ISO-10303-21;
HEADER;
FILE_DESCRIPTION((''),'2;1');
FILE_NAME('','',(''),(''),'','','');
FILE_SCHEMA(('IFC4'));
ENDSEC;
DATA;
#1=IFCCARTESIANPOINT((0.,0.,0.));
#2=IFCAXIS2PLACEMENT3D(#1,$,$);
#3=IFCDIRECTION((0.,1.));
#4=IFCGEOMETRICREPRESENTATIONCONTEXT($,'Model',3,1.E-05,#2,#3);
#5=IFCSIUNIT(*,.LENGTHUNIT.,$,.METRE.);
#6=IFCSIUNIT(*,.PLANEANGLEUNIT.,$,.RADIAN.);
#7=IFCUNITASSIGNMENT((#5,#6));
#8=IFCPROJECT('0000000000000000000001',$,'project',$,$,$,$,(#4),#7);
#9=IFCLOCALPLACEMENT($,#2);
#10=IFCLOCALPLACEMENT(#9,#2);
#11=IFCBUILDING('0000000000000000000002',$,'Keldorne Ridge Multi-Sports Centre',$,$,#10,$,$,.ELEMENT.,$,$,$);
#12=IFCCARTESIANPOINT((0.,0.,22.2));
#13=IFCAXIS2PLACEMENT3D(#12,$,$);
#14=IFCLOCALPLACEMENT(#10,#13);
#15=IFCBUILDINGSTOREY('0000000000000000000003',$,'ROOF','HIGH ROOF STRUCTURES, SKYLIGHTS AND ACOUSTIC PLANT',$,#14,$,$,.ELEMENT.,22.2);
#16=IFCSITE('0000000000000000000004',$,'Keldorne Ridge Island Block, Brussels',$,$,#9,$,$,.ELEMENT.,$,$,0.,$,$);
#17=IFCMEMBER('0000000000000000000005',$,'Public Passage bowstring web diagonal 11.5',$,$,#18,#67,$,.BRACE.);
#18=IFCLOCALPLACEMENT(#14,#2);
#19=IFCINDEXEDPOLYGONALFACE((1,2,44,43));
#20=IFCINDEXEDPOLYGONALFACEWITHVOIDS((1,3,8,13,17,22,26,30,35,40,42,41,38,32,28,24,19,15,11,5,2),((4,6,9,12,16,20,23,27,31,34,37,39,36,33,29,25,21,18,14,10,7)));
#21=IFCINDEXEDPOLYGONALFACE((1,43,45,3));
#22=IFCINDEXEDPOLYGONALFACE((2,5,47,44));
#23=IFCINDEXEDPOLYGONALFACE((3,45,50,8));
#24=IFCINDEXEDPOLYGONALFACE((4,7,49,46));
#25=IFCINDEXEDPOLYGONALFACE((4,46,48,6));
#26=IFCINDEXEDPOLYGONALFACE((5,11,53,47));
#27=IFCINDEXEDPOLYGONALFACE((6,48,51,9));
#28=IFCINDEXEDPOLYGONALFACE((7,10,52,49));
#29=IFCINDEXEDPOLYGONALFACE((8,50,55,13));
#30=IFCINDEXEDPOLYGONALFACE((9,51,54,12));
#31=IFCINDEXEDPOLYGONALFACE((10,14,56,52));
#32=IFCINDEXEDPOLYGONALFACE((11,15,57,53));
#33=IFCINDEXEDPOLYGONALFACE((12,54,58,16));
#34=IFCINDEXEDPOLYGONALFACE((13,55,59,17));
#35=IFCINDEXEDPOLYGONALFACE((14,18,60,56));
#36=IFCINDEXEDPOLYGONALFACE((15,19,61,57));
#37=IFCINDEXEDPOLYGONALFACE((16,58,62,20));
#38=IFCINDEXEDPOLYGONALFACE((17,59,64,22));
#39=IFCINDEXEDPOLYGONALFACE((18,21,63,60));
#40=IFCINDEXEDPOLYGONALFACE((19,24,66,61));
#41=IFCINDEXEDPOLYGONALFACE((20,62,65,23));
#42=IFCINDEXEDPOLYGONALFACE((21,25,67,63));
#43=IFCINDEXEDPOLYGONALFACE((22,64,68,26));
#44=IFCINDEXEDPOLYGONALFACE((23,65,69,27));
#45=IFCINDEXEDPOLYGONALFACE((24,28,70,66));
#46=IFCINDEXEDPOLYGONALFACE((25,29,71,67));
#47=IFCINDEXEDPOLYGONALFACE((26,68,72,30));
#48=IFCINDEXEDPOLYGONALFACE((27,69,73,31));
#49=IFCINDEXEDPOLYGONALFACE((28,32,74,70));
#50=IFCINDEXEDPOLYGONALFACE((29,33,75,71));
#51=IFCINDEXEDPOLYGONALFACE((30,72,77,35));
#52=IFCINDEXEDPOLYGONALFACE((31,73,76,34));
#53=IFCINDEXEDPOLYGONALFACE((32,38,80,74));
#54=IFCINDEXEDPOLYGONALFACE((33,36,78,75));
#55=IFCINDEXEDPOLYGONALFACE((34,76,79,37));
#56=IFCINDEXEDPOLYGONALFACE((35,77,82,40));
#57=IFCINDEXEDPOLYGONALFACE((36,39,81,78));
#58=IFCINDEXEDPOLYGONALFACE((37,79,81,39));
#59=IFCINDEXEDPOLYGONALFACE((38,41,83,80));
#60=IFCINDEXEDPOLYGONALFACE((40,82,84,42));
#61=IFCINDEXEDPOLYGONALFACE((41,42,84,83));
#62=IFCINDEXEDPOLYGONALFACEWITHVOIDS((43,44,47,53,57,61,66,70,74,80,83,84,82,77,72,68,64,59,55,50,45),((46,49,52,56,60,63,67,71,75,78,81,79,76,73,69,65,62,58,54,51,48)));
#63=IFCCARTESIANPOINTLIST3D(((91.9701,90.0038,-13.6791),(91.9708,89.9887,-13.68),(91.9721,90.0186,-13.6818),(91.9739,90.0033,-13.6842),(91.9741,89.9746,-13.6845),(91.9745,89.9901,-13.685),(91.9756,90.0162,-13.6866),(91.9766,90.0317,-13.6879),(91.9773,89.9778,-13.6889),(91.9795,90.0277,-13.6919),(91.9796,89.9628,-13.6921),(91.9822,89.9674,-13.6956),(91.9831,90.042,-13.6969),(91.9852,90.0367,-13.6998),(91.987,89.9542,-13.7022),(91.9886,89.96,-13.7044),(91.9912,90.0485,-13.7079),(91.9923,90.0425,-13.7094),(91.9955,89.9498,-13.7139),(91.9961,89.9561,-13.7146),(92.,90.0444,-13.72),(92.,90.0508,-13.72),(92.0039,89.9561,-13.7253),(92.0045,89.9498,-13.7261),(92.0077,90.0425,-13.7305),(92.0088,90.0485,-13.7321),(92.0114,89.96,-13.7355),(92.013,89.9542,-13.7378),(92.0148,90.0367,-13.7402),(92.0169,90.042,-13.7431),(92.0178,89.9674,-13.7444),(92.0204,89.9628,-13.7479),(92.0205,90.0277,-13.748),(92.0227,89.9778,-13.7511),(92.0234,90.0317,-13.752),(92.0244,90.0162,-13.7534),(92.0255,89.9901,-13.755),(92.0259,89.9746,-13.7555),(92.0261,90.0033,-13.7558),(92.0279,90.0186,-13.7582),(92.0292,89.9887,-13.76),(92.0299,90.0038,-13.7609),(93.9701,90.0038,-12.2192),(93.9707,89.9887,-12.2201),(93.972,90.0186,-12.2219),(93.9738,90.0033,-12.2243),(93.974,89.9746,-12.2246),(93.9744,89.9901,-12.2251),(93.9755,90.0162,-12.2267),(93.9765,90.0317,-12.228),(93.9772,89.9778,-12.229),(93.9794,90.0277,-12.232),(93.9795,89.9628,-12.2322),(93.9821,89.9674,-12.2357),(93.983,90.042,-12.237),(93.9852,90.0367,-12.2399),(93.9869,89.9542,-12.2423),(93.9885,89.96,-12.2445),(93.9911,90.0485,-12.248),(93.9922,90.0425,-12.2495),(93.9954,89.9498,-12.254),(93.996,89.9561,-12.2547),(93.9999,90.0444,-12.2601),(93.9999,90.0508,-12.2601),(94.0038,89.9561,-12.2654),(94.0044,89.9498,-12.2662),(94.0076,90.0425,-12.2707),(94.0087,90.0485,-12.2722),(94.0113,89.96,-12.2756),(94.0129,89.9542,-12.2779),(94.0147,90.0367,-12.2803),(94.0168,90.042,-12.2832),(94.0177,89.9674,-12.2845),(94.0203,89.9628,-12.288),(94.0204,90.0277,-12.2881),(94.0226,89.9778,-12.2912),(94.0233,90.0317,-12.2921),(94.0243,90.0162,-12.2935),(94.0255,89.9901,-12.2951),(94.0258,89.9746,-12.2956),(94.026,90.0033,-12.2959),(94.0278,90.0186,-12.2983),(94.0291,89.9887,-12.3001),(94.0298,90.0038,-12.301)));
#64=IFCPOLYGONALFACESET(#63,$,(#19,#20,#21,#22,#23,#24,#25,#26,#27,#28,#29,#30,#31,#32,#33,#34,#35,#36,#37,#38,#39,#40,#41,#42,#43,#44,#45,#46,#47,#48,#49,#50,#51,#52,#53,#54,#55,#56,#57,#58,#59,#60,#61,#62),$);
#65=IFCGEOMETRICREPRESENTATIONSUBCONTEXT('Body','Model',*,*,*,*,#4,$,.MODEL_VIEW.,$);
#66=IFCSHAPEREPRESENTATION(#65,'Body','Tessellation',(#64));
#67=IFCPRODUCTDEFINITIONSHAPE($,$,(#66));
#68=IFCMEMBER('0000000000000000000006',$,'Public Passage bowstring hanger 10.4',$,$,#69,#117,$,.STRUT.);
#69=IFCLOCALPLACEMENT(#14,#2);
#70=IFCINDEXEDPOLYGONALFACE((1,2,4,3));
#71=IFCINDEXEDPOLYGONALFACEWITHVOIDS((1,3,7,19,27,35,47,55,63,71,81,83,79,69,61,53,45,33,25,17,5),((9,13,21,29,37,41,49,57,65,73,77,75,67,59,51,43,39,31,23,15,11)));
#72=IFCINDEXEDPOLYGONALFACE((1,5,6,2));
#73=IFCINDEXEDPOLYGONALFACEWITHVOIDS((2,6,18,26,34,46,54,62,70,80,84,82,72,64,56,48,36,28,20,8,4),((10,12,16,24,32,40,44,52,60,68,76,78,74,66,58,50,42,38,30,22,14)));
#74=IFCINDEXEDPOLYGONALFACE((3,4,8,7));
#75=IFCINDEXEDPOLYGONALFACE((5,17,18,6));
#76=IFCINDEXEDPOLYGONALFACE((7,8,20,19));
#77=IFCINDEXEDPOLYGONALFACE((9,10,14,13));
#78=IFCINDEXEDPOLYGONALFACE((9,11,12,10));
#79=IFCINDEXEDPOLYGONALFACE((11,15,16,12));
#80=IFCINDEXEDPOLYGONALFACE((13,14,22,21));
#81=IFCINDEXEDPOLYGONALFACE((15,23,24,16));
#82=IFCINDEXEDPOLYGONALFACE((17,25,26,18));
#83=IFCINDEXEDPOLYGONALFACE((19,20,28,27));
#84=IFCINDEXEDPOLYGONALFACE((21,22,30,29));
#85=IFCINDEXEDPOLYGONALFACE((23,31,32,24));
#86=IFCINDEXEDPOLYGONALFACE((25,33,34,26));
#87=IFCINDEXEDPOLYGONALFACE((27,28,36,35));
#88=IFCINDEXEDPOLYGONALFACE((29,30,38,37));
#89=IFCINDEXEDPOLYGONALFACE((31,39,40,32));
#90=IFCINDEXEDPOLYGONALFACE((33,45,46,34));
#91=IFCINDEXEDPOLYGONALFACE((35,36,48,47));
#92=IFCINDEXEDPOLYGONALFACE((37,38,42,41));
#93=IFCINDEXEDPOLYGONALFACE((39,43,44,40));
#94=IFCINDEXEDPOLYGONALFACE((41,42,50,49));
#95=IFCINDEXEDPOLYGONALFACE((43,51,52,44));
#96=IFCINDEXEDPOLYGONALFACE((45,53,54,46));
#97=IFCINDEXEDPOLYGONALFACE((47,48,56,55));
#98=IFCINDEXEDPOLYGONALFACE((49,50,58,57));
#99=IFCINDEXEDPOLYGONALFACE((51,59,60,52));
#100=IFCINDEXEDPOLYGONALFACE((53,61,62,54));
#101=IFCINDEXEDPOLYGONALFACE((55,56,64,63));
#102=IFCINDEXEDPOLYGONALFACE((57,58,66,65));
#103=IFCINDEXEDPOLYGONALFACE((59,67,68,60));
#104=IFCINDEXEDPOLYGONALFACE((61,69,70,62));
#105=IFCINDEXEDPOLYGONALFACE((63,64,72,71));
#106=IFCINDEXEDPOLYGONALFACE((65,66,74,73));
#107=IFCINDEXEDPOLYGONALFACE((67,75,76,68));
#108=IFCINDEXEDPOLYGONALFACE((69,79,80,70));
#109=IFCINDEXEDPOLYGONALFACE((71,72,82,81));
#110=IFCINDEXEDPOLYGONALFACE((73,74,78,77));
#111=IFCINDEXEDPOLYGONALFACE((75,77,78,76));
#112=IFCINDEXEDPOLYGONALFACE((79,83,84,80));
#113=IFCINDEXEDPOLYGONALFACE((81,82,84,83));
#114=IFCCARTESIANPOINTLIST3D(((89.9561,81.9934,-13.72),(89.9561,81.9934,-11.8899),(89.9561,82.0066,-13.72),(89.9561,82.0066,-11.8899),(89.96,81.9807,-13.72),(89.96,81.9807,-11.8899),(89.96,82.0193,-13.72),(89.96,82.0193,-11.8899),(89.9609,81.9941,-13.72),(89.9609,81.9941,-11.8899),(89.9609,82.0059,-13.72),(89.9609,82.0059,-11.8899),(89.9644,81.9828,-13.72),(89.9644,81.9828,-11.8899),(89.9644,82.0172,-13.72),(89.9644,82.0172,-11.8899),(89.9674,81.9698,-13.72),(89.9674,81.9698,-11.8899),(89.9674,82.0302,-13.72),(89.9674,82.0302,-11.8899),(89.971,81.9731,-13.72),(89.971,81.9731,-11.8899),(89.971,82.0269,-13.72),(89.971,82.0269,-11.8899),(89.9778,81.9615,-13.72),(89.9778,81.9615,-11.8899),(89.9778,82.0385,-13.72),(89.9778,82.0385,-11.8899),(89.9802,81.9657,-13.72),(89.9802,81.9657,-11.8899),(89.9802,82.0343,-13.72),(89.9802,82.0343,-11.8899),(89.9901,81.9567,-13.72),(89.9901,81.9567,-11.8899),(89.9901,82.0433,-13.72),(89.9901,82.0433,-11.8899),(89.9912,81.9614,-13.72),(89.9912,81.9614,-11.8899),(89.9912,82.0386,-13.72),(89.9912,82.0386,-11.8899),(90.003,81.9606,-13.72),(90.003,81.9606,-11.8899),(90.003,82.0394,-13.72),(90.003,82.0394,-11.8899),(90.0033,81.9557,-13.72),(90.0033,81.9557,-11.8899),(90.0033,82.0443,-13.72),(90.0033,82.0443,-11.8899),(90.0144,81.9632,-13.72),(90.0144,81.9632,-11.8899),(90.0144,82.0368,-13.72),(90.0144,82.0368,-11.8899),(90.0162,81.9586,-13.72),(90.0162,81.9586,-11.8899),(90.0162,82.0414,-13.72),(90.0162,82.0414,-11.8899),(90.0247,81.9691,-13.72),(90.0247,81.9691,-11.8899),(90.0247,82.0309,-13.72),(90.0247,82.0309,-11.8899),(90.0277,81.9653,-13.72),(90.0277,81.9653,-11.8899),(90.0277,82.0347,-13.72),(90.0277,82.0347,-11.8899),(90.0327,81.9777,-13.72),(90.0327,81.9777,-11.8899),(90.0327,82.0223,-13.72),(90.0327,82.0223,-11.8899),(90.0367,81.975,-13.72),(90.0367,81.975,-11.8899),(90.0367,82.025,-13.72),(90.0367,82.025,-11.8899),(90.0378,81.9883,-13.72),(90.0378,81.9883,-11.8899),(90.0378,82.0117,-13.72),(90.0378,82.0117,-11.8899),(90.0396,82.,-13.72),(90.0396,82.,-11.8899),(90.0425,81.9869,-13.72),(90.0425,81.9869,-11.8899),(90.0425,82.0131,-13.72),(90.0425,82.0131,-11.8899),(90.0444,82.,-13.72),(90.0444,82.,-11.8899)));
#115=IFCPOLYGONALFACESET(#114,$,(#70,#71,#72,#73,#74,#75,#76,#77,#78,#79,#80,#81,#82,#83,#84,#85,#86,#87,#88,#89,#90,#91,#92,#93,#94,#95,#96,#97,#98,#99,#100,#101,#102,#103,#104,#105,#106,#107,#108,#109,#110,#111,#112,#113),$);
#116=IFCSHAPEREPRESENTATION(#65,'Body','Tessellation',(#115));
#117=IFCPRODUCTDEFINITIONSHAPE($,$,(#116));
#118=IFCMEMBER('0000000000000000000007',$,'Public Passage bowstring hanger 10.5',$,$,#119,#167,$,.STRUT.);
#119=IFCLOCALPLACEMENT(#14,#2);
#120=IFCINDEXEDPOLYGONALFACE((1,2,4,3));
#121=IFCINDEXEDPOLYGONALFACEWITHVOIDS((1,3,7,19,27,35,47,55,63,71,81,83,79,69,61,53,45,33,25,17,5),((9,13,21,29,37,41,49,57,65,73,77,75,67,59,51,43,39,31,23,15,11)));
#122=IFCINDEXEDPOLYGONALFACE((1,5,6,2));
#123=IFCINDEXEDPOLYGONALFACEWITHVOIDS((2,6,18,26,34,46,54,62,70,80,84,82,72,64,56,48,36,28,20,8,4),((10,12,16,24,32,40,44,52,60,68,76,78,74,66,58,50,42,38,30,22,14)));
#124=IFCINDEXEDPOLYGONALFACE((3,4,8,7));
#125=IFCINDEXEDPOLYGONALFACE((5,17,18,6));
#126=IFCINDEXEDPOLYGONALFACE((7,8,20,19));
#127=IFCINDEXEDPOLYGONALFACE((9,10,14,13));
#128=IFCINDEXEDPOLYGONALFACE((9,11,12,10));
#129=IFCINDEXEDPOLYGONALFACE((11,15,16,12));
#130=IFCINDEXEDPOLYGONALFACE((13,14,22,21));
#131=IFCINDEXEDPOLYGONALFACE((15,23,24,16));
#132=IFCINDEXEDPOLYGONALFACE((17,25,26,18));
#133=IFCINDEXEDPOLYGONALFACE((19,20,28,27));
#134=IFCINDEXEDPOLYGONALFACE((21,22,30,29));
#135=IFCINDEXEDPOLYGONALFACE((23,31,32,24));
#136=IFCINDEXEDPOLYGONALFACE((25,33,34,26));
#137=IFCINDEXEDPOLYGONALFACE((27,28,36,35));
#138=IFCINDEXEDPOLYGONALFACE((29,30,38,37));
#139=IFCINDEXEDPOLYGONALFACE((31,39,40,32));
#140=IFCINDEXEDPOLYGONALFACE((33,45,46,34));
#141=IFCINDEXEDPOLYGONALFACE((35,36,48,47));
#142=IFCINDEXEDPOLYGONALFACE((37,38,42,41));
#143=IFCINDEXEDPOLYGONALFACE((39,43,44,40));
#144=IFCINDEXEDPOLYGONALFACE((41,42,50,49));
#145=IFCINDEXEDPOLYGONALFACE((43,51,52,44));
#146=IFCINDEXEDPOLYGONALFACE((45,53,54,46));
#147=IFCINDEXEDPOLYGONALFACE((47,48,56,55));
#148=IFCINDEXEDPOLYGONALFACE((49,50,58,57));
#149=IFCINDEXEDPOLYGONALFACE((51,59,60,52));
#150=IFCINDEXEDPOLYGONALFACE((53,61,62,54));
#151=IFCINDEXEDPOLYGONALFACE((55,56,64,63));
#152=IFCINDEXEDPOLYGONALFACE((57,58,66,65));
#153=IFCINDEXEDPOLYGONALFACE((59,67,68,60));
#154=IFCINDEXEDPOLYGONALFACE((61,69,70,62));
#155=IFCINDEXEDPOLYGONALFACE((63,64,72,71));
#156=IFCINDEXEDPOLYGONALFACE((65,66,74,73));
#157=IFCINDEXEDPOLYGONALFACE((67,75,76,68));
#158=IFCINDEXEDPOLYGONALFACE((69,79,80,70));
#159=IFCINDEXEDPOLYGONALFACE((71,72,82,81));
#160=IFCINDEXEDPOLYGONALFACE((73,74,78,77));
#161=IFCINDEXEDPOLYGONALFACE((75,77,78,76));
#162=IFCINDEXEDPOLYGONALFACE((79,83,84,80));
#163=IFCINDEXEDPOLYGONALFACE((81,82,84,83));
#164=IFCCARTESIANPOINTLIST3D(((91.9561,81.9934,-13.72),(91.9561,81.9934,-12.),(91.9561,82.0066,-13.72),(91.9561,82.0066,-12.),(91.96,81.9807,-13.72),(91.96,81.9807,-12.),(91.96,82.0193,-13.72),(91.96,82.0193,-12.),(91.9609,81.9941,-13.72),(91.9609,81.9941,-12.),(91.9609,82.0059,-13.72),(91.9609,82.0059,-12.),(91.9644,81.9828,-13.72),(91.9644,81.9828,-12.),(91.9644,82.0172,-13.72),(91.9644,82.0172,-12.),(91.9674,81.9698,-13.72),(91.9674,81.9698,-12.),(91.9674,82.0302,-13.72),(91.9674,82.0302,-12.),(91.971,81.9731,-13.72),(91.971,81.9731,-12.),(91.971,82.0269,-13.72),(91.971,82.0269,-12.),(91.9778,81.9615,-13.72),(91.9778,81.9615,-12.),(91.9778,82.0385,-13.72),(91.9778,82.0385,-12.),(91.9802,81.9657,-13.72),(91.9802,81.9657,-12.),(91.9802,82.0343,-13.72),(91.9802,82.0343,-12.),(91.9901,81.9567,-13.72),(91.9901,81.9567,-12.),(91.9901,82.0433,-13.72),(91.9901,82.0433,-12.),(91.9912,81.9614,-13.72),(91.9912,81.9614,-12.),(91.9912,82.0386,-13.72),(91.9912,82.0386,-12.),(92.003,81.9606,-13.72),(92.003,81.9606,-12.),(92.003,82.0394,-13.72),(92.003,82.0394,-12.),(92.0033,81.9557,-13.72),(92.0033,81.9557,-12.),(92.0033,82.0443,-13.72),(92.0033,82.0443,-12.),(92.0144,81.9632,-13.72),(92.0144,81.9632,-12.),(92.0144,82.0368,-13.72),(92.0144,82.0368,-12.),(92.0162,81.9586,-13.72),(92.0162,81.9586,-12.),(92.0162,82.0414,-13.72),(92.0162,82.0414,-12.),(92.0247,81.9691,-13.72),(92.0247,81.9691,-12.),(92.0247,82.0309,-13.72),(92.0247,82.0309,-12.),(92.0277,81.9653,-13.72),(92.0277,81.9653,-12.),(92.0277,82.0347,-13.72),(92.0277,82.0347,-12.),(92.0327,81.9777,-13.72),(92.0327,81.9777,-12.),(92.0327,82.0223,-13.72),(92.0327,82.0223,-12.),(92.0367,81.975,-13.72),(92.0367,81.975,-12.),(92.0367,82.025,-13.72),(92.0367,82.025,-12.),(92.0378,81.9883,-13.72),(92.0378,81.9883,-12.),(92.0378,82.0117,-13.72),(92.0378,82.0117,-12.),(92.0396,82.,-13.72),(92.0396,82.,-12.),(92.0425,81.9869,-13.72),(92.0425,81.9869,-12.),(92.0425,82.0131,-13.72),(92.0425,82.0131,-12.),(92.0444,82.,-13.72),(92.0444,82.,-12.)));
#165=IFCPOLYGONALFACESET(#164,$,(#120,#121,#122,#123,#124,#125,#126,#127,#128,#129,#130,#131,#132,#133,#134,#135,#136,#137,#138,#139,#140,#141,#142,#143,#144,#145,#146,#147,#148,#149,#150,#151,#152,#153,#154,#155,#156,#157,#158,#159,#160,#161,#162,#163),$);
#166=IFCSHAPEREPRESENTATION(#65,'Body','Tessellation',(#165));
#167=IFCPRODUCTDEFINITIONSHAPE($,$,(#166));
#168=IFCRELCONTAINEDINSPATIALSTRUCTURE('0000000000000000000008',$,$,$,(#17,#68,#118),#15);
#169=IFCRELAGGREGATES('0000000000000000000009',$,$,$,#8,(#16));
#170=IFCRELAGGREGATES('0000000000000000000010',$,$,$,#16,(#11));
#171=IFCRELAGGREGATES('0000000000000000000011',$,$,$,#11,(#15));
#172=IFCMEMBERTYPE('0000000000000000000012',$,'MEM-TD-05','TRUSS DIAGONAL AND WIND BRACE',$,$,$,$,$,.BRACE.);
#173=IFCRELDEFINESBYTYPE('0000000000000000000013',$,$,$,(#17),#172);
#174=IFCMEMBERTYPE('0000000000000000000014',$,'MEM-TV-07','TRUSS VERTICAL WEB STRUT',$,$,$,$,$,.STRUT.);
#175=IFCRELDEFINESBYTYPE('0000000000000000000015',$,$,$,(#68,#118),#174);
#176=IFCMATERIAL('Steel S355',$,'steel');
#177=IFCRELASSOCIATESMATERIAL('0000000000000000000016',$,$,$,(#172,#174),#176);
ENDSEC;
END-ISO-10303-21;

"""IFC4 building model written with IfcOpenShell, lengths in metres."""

from ifc_helpers import new_model, si_unit, direction, frame, origin, origin_2d, place, context, subcontext, project, spatial, hollow_circle, extrude, material, material_profile, profile_set, type_object, element, save


model = new_model("IFC4")

# Units and contexts
model_context = context("Model", 3, precision=1e-05, world=origin(), true_north=direction((0.0, 1.0)))
body_context = subcontext(model_context, "Body", "Model", "MODEL_VIEW")
ifc_project = project(units=[si_unit("LENGTHUNIT", "METRE"), si_unit("PLANEANGLEUNIT", "RADIAN")], contexts=[model_context])

# Site, building, storey
site_placement = place(None, origin())
site = spatial("IfcSite", under=ifc_project, at=site_placement, Name="Keldorne Ridge Island Block, Brussels", CompositionType="ELEMENT", RefElevation=0.0)
building_placement = place(site_placement, origin())
building = spatial("IfcBuilding", under=site, at=building_placement, Name="Keldorne Ridge Multi-Sports Centre", CompositionType="ELEMENT")
storey_placement = place(building_placement, frame((0.0, 0.0, 22.2)))
storey = spatial("IfcBuildingStorey", under=building, at=storey_placement, Name="ROOF", Description="HIGH ROOF STRUCTURES, SKYLIGHTS AND ACOUSTIC PLANT", CompositionType="ELEMENT", Elevation=22.2)

# Members
ifc_material = material(Name="Steel S355", Category="steel")
ifc_material_profile_1 = material_profile(ifc_material, hollow_circle(Radius=0.0508, WallThickness=0.0063, at=origin_2d()), Name="CHS 101.6x6.3")
ifc_profile_set_1 = profile_set([ifc_material_profile_1], Name="Steel S355")
member_type_1 = type_object("IfcMemberType", Name="MEM-TD-05", Description="TRUSS DIAGONAL AND WIND BRACE", PredefinedType="BRACE", material=ifc_profile_set_1)
member_1_placement = place(storey_placement, frame((92.0, 90.0, -13.72), z_axis=(0.807695, 0.0, 0.589601), x_axis=(0.0, 1.0, 0.0)))
element("IfcMember", 1, at=member_1_placement, inside=storey, type_object=member_type_1, Name="Public Passage bowstring web diagonal 11.5", PredefinedType="BRACE", context=body_context, shape_type="SweptSolid", body=[
    extrude(hollow_circle(Radius=0.0508, WallThickness=0.0063, at=origin_2d()), origin(), (0.0, 0.0, 1.0), 2.4761),
])
ifc_material_profile_2 = material_profile(ifc_material, hollow_circle(Radius=0.0444, WallThickness=0.0049, at=origin_2d()), Name="CHS 88.9x5")
ifc_profile_set_2 = profile_set([ifc_material_profile_2], Name="Steel S355")
member_type_2 = type_object("IfcMemberType", Name="MEM-TV-07", Description="TRUSS VERTICAL WEB STRUT", PredefinedType="STRUT", material=ifc_profile_set_2)
member_2_placement = place(storey_placement, frame((90.0, 82.0, -13.72), z_axis=(0.0, 0.0, 1.0), x_axis=(1.0, 0.0, 0.0)))
element("IfcMember", 2, at=member_2_placement, inside=storey, type_object=member_type_2, Name="Public Passage bowstring hanger 10.4", PredefinedType="STRUT", context=body_context, shape_type="SweptSolid", body=[
    extrude(hollow_circle(Radius=0.0444, WallThickness=0.0049, at=origin_2d()), origin(), (0.0, 0.0, 1.0), 1.8301),
])
member_3_placement = place(storey_placement, frame((92.0, 82.0, -13.72), z_axis=(0.0, 0.0, 1.0), x_axis=(1.0, 0.0, 0.0)))
element("IfcMember", 3, at=member_3_placement, inside=storey, type_object=member_type_2, Name="Public Passage bowstring hanger 10.5", PredefinedType="STRUT", context=body_context, shape_type="SweptSolid", body=[
    extrude(hollow_circle(Radius=0.0444, WallThickness=0.0049, at=origin_2d()), origin(), (0.0, 0.0, 1.0), 1.72),
])

save(model, "model.ifc")
